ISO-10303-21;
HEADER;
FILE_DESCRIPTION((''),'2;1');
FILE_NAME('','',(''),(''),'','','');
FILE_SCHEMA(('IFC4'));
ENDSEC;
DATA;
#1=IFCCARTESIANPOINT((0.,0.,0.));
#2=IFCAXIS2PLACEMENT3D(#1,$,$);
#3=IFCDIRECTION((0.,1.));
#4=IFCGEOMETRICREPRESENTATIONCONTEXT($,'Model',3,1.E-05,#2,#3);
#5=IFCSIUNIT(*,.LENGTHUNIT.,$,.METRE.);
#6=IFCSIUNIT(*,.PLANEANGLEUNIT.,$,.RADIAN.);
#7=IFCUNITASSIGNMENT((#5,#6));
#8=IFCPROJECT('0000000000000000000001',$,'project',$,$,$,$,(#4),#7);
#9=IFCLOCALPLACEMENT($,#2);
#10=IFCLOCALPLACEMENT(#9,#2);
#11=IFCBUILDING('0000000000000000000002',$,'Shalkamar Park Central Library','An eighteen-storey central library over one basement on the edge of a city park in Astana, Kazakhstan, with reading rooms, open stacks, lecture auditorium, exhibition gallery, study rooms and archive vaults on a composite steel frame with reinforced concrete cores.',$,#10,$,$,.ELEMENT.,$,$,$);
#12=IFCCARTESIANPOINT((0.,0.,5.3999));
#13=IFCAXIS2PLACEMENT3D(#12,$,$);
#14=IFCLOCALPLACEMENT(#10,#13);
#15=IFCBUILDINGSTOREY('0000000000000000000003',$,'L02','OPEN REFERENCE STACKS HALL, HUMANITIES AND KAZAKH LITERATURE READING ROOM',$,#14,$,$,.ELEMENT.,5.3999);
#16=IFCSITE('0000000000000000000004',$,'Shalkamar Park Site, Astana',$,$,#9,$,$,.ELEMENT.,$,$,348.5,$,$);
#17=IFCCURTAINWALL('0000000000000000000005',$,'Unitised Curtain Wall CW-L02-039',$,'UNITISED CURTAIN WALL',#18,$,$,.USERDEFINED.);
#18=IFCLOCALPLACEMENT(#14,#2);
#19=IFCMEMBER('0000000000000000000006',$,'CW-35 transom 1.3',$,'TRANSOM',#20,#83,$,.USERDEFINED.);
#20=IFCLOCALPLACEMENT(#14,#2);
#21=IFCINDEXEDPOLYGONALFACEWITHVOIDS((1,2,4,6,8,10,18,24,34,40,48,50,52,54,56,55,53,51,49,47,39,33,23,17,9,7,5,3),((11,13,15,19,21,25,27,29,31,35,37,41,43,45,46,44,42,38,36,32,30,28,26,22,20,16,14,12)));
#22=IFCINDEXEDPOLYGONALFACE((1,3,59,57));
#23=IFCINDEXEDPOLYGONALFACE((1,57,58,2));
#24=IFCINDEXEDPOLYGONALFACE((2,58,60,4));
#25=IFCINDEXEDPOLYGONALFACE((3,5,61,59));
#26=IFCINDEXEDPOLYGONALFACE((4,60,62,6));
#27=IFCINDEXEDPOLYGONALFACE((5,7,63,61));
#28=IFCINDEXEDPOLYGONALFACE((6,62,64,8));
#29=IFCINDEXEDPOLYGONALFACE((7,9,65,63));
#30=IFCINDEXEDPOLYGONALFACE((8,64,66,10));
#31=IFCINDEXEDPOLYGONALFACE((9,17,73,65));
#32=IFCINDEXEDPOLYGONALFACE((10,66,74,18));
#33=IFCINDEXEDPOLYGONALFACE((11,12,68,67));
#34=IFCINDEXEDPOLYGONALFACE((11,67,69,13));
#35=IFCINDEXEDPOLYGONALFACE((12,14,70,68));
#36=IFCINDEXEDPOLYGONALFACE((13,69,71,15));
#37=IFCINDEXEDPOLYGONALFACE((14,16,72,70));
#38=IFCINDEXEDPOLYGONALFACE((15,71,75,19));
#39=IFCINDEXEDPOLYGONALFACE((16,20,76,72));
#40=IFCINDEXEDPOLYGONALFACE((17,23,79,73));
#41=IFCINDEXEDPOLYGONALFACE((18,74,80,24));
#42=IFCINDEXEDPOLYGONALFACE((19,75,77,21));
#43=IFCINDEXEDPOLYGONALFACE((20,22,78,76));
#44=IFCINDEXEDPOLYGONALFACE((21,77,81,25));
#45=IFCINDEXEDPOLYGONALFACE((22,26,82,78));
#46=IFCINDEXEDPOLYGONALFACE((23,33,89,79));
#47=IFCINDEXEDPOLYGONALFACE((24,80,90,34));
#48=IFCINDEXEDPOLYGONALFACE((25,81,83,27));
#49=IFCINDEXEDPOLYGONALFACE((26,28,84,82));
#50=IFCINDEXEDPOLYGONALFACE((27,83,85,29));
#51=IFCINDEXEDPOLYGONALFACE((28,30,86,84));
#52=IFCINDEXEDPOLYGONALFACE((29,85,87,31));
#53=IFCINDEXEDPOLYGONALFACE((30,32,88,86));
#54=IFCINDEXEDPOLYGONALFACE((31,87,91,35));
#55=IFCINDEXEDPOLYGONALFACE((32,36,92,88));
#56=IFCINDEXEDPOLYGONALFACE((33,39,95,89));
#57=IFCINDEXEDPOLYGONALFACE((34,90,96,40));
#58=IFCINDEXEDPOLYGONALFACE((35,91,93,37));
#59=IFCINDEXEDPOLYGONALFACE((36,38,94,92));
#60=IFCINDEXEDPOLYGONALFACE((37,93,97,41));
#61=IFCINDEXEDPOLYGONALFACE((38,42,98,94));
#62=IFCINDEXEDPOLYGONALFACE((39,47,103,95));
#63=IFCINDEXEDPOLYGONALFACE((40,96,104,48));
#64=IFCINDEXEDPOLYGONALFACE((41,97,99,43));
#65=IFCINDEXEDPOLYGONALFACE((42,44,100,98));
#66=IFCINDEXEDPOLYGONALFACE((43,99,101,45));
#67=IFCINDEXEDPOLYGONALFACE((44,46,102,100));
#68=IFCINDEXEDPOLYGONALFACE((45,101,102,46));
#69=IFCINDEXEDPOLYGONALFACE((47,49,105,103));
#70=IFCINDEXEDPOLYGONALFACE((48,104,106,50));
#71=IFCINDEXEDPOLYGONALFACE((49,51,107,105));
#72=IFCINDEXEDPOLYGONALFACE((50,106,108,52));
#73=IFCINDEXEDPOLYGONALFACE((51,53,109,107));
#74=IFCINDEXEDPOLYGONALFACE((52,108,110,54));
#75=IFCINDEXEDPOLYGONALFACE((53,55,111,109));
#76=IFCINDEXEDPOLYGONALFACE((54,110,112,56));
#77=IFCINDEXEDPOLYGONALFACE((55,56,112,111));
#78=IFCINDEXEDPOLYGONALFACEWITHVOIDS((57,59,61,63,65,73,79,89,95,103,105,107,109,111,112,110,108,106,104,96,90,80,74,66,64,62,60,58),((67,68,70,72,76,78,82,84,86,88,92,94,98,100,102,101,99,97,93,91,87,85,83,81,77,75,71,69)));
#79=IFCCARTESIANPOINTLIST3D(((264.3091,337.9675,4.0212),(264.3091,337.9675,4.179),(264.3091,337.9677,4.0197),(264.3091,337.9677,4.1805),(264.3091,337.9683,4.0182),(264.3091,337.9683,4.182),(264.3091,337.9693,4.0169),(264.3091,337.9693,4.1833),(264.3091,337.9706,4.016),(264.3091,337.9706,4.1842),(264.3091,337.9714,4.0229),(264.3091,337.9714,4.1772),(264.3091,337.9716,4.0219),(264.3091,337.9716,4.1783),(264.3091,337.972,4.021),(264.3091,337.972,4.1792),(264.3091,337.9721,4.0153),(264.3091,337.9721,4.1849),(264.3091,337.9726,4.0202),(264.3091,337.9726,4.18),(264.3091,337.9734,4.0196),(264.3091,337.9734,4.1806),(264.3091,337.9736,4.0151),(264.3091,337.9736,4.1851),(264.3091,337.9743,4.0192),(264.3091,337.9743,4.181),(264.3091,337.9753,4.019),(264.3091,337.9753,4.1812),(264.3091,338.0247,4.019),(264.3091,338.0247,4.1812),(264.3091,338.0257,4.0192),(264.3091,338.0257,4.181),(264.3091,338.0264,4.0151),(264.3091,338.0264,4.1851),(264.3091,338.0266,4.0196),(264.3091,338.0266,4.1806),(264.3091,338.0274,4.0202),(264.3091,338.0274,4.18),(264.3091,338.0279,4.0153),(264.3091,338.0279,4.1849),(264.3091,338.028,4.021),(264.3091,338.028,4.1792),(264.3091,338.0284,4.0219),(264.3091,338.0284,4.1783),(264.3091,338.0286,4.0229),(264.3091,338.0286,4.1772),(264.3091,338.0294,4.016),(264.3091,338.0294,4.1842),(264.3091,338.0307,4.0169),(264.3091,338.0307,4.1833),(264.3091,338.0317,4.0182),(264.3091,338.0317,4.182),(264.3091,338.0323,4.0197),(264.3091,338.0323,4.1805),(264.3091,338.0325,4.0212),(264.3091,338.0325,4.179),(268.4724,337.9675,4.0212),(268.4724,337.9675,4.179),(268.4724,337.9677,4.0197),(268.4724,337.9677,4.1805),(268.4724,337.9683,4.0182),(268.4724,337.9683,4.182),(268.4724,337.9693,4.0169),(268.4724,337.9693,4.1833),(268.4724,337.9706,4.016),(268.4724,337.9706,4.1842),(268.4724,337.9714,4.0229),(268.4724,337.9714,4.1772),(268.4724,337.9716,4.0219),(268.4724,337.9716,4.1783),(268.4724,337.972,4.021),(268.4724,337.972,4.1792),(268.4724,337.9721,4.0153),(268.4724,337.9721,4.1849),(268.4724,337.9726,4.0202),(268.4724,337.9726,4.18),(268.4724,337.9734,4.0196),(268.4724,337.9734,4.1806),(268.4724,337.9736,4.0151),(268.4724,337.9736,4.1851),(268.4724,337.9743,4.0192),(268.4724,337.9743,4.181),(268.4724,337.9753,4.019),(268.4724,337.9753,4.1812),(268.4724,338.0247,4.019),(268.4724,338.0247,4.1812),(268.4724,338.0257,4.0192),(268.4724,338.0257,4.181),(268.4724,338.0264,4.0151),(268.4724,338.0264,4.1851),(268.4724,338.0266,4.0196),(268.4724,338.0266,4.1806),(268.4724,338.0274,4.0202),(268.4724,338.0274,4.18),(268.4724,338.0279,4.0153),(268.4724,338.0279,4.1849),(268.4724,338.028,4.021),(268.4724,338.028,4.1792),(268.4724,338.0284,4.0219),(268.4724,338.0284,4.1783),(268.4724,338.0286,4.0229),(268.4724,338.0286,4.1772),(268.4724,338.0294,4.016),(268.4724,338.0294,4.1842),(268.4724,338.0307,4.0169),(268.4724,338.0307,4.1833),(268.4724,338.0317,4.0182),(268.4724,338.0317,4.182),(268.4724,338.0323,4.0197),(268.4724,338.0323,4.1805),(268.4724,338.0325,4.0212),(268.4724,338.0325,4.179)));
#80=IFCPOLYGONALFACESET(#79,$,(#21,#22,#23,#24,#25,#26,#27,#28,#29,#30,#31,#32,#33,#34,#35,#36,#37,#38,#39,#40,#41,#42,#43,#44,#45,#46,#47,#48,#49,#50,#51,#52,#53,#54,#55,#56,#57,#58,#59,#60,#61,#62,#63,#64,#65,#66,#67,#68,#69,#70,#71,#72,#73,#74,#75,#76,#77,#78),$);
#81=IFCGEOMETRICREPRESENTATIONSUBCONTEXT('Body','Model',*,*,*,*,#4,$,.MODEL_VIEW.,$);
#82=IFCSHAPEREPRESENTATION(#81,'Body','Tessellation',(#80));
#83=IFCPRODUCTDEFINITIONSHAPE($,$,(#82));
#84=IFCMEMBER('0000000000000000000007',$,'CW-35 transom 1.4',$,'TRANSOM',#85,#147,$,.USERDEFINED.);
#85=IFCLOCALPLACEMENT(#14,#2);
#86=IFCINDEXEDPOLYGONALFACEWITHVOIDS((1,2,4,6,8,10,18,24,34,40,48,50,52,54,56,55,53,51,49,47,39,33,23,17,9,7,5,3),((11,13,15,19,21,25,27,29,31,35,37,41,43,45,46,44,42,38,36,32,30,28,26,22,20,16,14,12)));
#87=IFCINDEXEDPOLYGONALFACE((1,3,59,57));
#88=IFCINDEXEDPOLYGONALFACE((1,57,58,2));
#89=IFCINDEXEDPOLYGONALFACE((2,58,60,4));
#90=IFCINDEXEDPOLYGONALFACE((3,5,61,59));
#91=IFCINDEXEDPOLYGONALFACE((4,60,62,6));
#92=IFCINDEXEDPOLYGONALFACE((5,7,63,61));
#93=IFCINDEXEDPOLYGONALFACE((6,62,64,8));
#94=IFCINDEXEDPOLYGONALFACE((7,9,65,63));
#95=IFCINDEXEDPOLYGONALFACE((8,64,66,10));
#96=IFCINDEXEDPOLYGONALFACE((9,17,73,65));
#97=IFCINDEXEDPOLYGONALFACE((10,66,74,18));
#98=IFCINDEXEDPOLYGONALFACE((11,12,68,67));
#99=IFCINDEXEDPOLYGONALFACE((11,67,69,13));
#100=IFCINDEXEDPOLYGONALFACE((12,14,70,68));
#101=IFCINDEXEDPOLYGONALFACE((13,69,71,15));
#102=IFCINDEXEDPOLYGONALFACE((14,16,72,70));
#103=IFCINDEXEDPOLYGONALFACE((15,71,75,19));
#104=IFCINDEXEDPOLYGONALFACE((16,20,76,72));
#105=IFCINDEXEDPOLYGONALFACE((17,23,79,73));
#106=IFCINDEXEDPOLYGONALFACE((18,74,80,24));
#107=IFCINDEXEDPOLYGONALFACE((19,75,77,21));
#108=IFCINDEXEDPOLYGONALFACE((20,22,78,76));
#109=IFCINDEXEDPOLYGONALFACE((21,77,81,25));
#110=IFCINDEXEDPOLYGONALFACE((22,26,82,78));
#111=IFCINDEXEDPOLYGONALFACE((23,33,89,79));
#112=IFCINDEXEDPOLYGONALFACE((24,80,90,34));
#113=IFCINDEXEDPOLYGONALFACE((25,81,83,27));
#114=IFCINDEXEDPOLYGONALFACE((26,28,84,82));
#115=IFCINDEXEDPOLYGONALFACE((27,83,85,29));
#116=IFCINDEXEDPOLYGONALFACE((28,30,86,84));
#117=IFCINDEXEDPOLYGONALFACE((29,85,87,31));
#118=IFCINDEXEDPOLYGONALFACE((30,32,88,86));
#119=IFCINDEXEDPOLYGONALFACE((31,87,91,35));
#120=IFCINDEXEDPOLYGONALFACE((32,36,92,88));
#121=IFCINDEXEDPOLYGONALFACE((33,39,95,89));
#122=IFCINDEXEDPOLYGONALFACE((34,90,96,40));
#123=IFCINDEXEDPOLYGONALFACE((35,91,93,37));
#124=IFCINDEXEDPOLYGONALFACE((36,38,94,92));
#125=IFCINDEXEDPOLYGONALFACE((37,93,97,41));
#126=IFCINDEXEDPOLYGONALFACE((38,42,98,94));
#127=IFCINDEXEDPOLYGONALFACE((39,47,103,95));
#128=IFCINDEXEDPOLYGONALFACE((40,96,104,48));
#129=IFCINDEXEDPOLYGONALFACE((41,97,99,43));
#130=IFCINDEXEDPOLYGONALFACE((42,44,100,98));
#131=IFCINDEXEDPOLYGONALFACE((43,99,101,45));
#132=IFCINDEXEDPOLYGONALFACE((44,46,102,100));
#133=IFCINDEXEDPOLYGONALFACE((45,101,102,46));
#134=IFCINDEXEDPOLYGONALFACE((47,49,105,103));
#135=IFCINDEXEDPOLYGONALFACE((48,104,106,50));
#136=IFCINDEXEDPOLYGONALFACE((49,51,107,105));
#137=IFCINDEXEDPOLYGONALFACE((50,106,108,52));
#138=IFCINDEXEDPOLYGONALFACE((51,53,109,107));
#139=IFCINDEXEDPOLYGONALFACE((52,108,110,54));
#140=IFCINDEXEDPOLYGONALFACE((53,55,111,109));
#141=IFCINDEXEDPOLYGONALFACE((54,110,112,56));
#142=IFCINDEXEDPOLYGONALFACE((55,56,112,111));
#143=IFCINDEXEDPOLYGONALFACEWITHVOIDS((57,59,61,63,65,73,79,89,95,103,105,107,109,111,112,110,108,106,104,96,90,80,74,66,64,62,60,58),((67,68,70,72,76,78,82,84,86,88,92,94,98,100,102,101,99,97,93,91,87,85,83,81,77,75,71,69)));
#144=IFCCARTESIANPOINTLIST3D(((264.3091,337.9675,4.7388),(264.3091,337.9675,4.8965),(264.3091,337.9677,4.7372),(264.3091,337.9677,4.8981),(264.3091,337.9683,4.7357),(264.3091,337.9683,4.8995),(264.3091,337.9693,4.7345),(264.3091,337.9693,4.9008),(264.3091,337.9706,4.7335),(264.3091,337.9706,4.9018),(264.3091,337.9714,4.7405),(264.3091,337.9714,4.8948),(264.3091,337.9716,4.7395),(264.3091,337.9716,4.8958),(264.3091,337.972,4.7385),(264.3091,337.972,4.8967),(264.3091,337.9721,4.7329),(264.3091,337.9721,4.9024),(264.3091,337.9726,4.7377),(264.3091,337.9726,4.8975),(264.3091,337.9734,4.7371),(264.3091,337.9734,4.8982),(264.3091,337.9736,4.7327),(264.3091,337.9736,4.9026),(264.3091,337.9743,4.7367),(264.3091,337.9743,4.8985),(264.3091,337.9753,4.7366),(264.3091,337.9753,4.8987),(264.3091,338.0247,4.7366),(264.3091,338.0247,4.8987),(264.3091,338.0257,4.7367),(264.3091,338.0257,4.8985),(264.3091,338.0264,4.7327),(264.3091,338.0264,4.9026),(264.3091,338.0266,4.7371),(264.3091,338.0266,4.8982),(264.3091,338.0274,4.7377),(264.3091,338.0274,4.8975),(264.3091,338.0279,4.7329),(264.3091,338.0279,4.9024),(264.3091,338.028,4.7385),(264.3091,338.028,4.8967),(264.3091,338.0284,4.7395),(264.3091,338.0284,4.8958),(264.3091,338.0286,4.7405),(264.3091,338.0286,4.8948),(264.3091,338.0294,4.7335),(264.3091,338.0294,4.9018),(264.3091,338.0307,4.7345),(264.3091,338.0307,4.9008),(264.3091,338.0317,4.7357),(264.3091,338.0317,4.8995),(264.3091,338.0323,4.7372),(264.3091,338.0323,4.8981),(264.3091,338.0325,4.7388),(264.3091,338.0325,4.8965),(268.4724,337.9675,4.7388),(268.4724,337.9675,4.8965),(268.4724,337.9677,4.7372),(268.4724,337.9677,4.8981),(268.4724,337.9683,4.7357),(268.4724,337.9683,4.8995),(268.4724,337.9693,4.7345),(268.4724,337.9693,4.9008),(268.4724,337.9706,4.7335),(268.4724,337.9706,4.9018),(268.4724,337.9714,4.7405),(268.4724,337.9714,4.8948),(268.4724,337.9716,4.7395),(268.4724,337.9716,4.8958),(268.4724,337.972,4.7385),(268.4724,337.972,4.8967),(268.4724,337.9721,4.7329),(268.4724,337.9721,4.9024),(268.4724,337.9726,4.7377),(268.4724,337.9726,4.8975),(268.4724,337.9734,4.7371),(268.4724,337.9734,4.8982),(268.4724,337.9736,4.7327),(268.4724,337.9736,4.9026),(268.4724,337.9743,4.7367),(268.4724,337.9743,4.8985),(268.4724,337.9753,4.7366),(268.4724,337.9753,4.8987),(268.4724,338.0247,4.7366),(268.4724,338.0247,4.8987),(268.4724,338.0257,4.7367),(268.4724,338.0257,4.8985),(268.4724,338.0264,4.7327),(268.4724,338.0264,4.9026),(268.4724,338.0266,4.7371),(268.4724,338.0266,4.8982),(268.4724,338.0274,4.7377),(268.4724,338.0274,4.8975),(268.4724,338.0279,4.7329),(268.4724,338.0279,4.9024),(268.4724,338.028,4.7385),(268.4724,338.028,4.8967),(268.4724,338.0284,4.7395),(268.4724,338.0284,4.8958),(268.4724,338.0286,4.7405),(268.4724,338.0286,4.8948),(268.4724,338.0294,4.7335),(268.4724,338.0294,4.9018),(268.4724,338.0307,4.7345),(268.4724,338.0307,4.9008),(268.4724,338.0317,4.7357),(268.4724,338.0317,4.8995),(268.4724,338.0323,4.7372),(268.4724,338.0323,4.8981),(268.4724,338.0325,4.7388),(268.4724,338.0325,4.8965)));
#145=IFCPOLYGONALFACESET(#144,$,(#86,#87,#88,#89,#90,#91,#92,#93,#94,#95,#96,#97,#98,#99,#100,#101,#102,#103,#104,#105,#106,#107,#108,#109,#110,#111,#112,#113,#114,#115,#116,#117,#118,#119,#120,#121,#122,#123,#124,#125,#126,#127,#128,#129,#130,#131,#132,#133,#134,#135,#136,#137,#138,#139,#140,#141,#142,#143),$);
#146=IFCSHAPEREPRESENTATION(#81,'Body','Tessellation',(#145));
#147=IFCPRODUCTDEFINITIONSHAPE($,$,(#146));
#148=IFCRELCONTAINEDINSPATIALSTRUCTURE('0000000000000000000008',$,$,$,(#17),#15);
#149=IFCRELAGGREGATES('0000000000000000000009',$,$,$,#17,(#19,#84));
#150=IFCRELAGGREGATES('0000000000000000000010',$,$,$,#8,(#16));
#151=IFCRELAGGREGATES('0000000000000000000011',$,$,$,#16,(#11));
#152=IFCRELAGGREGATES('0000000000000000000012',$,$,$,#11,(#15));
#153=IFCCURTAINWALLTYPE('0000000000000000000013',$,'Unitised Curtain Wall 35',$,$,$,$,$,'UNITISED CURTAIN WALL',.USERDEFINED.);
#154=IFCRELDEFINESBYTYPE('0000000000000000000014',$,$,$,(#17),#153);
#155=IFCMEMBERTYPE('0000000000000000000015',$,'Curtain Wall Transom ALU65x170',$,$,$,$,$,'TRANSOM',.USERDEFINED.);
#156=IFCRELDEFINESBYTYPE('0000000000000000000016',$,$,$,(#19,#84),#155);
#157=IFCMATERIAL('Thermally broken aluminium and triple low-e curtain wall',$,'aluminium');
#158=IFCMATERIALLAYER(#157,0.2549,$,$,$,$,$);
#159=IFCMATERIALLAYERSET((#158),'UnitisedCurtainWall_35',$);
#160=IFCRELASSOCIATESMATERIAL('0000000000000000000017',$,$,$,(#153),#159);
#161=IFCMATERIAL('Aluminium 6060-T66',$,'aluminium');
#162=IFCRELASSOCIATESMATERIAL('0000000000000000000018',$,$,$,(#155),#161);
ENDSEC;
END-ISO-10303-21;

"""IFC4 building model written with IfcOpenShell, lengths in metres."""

from ifc_helpers import new_model, si_unit, direction, frame, origin, origin_2d, place, context, subcontext, project, spatial, hollow_rectangle, extrude, material, layer, layer_set, material_profile, profile_set, type_object, element, aggregate, save


model = new_model("IFC4")

# Units and contexts
model_context = context("Model", 3, precision=1e-05, world=origin(), true_north=direction((0.0, 1.0)))
body_context = subcontext(model_context, "Body", "Model", "MODEL_VIEW")
ifc_project = project(units=[si_unit("LENGTHUNIT", "METRE"), si_unit("PLANEANGLEUNIT", "RADIAN")], contexts=[model_context])

# Site, building, storey
site_placement = place(None, origin())
site = spatial("IfcSite", under=ifc_project, at=site_placement, Name="Shalkamar Park Site, Astana", CompositionType="ELEMENT", RefElevation=348.5)
building_placement = place(site_placement, origin())
building = spatial("IfcBuilding", under=site, at=building_placement, Name="Shalkamar Park Central Library", Description="An eighteen-storey central library over one basement on the edge of a city park in Astana, Kazakhstan, with reading rooms, open stacks, lecture auditorium, exhibition gallery, study rooms and archive vaults on a composite steel frame with reinforced concrete cores.", CompositionType="ELEMENT")
storey_placement = place(building_placement, frame((0.0, 0.0, 5.3999)))
storey = spatial("IfcBuildingStorey", under=building, at=storey_placement, Name="L02", Description="OPEN REFERENCE STACKS HALL, HUMANITIES AND KAZAKH LITERATURE READING ROOM", CompositionType="ELEMENT", Elevation=5.3999)

# Shared definitions
ifc_material_1 = material(Name="Thermally broken aluminium and triple low-e curtain wall", Category="aluminium")
ifc_material_2 = material(Name="Aluminium 6060-T66", Category="aluminium")

# Curtain wall
ifc_layer_1 = layer(ifc_material_1, 0.2549)
ifc_layer_set_1 = layer_set([ifc_layer_1], Name="UnitisedCurtainWall_35")
curtain_wall_type_1 = type_object("IfcCurtainWallType", Name="Unitised Curtain Wall 35", ElementType="UNITISED CURTAIN WALL", PredefinedType="USERDEFINED", material=ifc_layer_set_1)
curtain_wall_1_placement = place(storey_placement, origin())
curtain_wall_1 = element("IfcCurtainWall", 1, at=curtain_wall_1_placement, inside=storey, type_object=curtain_wall_type_1, Name="Unitised Curtain Wall CW-L02-039", ObjectType="UNITISED CURTAIN WALL", PredefinedType="USERDEFINED")

# Members
ifc_material_profile_1 = material_profile(ifc_material_2, hollow_rectangle(XDim=0.0649, YDim=0.1699, WallThickness=0.0039, InnerFilletRadius=0.0039, OuterFilletRadius=0.0061, at=origin_2d()), Name="ALU 65x170x4")
ifc_profile_set_1 = profile_set([ifc_material_profile_1], Name="Aluminium 6060-T66")
member_type_1 = type_object("IfcMemberType", Name="Curtain Wall Transom ALU65x170", ElementType="TRANSOM", PredefinedType="USERDEFINED", material=ifc_profile_set_1)
member_1_placement = place(storey_placement, frame((264.3091, 338.0, 4.1001), z_axis=(1.0, 0.0, 0.0), x_axis=(0.0, 1.0, 0.0)))
member_1 = element("IfcMember", 2, at=member_1_placement, type_object=member_type_1, Name="CW-35 transom 1.3", ObjectType="TRANSOM", PredefinedType="USERDEFINED", context=body_context, shape_type="SweptSolid", body=[
    extrude(hollow_rectangle(XDim=0.0649, YDim=0.1699, WallThickness=0.0039, InnerFilletRadius=0.0039, OuterFilletRadius=0.0061, at=origin_2d()), origin(), (0.0, 0.0, 1.0), 4.1633),
])
member_2_placement = place(storey_placement, frame((264.3091, 338.0, 4.8176), z_axis=(1.0, 0.0, 0.0), x_axis=(0.0, 1.0, 0.0)))
member_2 = element("IfcMember", 3, at=member_2_placement, type_object=member_type_1, Name="CW-35 transom 1.4", ObjectType="TRANSOM", PredefinedType="USERDEFINED", context=body_context, shape_type="SweptSolid", body=[
    extrude(hollow_rectangle(XDim=0.0649, YDim=0.1699, WallThickness=0.0039, InnerFilletRadius=0.0039, OuterFilletRadius=0.0061, at=origin_2d()), origin(), (0.0, 0.0, 1.0), 4.1633),
])

aggregate(curtain_wall_1, [member_1, member_2])

save(model, "model.ifc")
